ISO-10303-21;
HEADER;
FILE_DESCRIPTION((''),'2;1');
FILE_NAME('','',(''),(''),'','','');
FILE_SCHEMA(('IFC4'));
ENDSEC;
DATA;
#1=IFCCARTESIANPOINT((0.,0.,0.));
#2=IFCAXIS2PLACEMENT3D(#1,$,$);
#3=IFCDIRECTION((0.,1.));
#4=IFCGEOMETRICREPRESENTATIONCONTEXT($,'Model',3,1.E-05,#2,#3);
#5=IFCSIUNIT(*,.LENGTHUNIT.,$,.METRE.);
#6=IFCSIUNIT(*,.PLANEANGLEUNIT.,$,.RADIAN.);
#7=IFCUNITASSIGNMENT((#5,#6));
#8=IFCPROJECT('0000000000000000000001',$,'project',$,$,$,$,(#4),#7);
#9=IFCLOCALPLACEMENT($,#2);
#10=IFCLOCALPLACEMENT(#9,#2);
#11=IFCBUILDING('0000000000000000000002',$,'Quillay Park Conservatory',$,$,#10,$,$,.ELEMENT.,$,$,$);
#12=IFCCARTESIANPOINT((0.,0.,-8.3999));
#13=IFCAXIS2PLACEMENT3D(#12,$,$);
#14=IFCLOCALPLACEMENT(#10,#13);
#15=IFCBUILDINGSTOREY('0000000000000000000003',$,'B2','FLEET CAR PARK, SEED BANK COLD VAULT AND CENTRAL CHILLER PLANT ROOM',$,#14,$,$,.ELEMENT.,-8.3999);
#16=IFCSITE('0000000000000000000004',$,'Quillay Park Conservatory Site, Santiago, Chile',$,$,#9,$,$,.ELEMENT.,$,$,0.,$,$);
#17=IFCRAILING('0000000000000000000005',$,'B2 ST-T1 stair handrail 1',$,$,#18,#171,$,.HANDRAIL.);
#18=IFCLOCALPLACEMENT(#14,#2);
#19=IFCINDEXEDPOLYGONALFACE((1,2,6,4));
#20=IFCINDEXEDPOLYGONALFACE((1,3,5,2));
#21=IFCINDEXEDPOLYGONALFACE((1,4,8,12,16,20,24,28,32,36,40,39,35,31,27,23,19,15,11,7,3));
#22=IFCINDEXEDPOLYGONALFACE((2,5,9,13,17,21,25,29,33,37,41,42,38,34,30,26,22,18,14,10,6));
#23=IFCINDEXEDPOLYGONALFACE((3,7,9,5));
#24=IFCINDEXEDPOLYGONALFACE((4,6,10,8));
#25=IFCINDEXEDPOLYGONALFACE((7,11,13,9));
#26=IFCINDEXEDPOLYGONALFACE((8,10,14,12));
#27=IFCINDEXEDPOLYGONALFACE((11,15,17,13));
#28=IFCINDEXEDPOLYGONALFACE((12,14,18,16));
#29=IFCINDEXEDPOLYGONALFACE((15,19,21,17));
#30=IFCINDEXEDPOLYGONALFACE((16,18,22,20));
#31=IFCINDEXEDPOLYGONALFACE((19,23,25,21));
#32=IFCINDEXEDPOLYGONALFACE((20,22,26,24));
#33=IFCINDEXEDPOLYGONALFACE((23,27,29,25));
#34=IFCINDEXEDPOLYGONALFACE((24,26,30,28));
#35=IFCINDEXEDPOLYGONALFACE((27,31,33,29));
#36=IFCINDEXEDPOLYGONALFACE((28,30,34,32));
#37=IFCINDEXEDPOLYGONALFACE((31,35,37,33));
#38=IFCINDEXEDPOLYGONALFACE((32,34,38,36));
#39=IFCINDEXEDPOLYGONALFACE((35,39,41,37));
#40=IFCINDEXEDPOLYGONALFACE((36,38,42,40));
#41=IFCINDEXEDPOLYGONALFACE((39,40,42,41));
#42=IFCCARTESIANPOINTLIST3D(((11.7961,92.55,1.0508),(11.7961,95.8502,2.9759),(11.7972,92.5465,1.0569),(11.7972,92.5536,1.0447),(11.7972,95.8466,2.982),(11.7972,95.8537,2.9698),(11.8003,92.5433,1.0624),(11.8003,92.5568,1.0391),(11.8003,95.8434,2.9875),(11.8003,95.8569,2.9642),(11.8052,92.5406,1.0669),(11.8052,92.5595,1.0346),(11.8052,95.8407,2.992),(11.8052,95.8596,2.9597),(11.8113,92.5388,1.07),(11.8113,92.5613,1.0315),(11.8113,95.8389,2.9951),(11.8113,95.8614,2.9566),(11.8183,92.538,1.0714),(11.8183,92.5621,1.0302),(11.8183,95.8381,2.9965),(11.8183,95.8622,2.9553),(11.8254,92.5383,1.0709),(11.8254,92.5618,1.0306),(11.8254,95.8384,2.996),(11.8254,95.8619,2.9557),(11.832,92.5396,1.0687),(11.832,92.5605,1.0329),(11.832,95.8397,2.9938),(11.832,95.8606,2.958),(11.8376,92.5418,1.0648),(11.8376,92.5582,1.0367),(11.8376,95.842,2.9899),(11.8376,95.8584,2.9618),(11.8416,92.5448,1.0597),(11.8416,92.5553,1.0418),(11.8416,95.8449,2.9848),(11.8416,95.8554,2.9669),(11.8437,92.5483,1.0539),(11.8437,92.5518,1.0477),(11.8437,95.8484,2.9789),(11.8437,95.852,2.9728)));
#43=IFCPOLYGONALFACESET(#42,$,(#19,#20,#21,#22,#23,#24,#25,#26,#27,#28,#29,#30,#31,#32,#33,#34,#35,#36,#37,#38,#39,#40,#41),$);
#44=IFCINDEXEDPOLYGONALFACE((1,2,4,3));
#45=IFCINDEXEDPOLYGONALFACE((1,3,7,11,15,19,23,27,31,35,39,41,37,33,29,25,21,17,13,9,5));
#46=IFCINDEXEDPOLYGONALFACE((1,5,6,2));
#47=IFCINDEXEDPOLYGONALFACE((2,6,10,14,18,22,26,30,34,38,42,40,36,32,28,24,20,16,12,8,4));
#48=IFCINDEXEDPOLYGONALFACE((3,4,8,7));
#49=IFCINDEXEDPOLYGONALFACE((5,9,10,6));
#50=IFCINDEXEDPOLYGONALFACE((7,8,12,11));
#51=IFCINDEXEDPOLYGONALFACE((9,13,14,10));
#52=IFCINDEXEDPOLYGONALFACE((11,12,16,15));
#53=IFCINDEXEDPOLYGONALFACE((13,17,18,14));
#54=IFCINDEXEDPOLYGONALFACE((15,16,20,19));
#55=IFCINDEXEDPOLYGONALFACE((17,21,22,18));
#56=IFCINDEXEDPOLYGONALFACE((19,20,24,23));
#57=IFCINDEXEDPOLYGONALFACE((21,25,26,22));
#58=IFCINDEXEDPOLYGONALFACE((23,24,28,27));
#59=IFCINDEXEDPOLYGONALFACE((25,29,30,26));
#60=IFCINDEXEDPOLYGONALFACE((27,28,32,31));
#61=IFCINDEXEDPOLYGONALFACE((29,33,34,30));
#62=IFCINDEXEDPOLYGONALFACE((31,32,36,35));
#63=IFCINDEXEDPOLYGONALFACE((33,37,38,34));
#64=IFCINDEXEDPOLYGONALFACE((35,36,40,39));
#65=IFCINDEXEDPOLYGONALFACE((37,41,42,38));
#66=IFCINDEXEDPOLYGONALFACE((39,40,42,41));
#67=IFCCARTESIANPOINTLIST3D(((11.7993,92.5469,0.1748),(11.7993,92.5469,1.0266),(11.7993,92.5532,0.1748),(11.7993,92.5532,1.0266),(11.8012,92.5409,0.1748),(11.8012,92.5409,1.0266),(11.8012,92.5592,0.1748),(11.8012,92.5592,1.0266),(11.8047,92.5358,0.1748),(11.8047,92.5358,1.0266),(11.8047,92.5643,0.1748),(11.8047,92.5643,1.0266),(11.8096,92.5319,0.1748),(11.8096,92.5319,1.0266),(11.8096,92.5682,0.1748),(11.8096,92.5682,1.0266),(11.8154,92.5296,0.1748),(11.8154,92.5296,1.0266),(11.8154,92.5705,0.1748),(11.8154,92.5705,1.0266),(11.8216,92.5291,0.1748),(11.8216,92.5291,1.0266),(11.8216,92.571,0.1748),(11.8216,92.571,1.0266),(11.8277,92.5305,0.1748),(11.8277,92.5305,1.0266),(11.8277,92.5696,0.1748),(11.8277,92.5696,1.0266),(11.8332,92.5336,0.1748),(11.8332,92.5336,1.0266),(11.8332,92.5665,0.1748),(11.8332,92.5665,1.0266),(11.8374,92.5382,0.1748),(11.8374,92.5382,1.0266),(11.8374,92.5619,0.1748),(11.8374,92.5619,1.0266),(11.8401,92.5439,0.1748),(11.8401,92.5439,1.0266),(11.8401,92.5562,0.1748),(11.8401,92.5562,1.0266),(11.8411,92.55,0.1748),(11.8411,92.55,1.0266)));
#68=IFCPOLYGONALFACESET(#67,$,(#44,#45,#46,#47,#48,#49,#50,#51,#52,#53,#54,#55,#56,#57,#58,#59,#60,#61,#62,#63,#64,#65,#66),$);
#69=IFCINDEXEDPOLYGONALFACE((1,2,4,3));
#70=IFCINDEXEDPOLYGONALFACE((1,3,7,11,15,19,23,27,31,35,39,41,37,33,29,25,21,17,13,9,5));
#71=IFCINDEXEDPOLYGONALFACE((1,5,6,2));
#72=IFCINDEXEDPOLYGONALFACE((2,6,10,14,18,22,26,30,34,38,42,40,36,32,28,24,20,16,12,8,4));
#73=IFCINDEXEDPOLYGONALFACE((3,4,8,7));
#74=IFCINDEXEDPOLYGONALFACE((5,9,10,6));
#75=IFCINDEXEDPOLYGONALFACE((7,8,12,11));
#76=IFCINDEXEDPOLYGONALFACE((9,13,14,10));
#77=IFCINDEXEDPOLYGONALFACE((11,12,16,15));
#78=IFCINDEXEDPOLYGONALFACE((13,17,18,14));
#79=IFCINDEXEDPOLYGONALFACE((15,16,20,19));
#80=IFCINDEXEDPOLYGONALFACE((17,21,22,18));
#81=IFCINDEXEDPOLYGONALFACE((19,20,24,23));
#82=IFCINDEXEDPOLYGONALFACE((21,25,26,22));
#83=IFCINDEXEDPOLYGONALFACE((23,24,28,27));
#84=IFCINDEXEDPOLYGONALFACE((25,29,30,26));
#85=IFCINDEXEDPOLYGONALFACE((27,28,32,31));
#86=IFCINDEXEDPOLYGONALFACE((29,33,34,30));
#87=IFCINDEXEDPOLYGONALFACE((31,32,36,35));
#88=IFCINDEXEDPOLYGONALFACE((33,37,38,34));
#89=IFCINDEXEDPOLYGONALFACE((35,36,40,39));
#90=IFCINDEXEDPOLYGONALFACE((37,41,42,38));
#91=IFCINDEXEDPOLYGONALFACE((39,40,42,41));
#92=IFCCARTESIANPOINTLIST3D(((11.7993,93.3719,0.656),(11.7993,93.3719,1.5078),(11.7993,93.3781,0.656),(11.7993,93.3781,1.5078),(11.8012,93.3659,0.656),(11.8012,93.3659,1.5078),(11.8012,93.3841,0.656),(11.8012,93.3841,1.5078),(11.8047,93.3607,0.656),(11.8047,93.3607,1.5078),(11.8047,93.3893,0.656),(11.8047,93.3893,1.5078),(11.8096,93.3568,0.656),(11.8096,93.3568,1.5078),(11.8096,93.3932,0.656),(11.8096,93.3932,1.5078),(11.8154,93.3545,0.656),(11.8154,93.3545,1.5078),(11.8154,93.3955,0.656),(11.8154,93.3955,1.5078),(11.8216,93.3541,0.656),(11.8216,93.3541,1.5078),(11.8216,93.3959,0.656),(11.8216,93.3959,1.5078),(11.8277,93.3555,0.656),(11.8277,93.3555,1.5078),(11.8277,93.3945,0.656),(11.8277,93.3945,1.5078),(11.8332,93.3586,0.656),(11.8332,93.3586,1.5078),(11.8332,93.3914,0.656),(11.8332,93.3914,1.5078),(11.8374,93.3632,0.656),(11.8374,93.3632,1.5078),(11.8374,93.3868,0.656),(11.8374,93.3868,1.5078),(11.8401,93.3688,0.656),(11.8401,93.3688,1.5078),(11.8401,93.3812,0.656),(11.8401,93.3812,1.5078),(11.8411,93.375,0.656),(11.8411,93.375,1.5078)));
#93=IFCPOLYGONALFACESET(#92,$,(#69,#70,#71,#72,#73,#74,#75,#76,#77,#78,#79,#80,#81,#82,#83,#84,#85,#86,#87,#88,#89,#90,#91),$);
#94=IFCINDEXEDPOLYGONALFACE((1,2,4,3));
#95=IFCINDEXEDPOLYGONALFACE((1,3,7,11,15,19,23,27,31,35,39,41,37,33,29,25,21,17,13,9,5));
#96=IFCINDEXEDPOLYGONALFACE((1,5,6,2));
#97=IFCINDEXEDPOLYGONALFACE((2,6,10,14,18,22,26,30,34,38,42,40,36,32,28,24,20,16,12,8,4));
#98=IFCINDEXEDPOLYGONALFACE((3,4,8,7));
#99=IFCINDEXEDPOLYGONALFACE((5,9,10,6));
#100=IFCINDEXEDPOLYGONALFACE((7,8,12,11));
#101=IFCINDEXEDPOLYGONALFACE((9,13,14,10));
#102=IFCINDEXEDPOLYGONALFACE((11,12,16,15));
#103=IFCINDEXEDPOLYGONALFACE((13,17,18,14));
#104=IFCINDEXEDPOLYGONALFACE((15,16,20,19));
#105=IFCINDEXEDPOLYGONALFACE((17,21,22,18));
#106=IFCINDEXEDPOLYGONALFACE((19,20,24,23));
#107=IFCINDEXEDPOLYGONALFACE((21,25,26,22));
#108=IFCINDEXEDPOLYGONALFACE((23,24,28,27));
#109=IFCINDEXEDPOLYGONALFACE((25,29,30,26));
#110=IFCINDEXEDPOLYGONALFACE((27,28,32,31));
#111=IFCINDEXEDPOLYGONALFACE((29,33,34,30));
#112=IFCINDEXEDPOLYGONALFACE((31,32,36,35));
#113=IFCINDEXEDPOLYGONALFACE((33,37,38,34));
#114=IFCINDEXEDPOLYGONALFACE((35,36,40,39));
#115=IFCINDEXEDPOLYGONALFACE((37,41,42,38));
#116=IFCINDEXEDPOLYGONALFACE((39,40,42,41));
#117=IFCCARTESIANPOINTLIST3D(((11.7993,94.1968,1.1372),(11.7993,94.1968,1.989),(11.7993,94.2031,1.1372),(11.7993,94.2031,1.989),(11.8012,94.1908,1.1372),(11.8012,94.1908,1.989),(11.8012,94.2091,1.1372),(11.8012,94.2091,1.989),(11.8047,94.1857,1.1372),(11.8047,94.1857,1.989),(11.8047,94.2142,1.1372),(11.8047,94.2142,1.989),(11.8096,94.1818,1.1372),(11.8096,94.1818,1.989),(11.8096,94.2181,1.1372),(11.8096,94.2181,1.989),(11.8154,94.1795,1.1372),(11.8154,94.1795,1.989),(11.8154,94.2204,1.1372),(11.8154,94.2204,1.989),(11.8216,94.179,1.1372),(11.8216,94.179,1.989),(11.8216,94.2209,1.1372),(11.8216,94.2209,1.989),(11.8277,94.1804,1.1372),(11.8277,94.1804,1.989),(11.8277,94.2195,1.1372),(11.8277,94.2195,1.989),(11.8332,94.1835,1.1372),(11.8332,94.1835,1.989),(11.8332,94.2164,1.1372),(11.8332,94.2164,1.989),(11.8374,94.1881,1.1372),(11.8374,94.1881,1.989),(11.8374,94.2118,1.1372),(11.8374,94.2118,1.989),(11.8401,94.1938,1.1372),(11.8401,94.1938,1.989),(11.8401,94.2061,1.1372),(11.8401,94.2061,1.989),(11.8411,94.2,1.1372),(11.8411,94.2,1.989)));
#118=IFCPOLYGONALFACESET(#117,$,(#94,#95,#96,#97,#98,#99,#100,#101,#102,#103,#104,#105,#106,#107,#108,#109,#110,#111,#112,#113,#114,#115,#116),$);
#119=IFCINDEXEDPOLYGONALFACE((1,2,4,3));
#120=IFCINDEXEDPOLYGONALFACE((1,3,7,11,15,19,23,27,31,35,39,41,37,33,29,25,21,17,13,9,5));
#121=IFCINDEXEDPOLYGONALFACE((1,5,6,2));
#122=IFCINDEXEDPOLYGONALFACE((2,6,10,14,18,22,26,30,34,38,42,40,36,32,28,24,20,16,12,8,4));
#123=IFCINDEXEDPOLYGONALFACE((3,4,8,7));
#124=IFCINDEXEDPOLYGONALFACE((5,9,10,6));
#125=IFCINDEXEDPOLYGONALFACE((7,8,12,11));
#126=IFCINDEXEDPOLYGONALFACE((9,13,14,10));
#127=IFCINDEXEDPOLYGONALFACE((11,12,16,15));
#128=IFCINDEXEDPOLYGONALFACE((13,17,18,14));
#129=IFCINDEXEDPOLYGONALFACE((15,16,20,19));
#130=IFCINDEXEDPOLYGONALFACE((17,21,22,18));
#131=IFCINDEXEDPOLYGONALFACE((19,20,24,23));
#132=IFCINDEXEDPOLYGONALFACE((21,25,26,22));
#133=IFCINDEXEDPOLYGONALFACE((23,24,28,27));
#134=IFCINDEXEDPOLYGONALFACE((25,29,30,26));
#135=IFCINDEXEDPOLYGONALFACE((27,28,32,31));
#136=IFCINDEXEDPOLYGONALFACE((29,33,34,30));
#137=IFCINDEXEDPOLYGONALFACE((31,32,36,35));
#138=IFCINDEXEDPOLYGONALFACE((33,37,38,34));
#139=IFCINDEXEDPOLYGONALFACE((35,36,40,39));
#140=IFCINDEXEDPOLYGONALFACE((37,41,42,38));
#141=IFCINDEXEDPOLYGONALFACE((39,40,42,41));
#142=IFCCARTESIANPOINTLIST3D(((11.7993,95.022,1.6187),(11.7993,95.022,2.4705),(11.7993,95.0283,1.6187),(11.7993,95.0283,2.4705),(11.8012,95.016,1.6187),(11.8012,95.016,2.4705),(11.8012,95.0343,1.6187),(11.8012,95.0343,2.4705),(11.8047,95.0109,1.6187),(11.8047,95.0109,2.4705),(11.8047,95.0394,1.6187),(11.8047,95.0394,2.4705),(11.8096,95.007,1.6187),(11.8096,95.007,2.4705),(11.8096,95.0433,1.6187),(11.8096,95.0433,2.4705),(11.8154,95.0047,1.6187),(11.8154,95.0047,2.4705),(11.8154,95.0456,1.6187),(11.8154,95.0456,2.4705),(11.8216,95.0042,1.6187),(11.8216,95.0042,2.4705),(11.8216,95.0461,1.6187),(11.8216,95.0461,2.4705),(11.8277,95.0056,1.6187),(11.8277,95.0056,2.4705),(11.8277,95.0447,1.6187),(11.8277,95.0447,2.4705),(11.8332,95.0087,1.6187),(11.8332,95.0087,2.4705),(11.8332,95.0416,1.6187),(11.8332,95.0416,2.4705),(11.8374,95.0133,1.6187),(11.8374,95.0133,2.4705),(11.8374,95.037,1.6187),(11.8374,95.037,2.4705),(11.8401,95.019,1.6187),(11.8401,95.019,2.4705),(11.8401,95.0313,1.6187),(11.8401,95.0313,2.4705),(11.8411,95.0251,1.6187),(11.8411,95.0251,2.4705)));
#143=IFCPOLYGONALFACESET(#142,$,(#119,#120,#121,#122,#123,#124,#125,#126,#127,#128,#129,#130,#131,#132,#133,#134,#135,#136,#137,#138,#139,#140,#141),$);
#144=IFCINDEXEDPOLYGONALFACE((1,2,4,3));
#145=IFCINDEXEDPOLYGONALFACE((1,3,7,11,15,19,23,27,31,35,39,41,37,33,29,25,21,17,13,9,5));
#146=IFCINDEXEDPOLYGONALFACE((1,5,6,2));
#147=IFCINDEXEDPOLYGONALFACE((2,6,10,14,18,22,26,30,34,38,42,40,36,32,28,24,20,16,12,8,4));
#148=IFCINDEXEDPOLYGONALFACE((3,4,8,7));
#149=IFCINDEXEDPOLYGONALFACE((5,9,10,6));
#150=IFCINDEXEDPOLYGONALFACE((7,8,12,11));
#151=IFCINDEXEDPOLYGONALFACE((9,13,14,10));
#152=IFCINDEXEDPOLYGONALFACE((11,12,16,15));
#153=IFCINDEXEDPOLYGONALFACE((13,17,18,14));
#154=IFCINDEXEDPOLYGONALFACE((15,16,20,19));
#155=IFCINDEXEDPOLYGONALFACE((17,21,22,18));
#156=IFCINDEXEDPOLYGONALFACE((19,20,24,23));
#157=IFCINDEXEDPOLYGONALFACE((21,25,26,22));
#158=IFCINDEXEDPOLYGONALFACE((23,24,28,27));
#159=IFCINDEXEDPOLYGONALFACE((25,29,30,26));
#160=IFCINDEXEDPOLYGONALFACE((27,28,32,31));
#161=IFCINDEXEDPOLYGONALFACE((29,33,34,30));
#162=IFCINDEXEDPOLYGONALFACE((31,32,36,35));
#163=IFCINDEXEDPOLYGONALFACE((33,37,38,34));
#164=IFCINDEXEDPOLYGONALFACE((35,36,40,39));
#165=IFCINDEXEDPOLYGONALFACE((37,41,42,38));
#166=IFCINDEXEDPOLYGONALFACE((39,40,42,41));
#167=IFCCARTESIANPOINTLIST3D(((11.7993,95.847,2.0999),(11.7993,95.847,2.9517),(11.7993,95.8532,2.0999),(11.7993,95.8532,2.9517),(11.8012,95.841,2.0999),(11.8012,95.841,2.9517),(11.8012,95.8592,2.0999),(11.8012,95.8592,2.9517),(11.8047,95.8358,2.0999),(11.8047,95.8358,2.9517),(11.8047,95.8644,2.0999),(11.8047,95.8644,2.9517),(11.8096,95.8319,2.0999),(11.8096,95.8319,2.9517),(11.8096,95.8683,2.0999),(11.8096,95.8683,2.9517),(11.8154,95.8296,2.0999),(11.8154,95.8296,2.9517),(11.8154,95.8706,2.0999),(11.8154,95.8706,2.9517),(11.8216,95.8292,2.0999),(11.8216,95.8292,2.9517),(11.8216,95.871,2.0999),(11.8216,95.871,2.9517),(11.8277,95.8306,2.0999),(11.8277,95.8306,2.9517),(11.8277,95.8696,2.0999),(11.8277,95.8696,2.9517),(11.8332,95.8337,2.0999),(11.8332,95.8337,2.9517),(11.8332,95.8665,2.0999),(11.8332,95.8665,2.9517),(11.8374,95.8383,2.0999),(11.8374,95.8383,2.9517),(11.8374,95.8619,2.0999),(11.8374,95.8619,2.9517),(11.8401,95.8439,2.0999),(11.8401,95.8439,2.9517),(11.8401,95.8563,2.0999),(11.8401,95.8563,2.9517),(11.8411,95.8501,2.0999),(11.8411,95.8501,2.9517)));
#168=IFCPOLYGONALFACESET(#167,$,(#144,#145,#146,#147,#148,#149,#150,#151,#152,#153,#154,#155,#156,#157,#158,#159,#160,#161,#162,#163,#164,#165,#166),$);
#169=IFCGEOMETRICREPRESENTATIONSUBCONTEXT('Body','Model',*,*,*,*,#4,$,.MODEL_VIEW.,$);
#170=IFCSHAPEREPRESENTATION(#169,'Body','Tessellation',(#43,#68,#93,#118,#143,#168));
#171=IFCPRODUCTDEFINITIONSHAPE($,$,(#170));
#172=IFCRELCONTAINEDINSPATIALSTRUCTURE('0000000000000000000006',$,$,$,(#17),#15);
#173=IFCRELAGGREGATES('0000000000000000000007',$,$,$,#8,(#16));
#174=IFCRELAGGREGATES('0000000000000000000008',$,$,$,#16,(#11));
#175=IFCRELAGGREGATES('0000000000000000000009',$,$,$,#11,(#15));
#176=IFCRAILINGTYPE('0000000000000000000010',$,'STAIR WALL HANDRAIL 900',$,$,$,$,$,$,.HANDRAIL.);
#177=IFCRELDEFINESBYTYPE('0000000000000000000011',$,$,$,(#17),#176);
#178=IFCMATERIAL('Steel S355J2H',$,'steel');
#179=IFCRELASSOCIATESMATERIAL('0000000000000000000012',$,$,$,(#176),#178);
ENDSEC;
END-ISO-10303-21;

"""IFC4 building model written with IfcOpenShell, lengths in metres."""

from ifc_helpers import new_model, si_unit, direction, frame, origin, origin_2d, place, context, subcontext, project, spatial, circle, extrude, material, type_object, element, save


model = new_model("IFC4")

# Units and contexts
model_context = context("Model", 3, precision=1e-05, world=origin(), true_north=direction((0.0, 1.0)))
body_context = subcontext(model_context, "Body", "Model", "MODEL_VIEW")
ifc_project = project(units=[si_unit("LENGTHUNIT", "METRE"), si_unit("PLANEANGLEUNIT", "RADIAN")], contexts=[model_context])

# Site, building, storey
site_placement = place(None, origin())
site = spatial("IfcSite", under=ifc_project, at=site_placement, Name="Quillay Park Conservatory Site, Santiago, Chile", CompositionType="ELEMENT", RefElevation=0.0)
building_placement = place(site_placement, origin())
building = spatial("IfcBuilding", under=site, at=building_placement, Name="Quillay Park Conservatory", CompositionType="ELEMENT")
storey_placement = place(building_placement, frame((0.0, 0.0, -8.3999)))
storey = spatial("IfcBuildingStorey", under=building, at=storey_placement, Name="B2", Description="FLEET CAR PARK, SEED BANK COLD VAULT AND CENTRAL CHILLER PLANT ROOM", CompositionType="ELEMENT", Elevation=-8.3999)

# Railing
ifc_material_1 = material(Name="Steel S355J2H", Category="steel")
railing_type_1 = type_object("IfcRailingType", Name="STAIR WALL HANDRAIL 900", PredefinedType="HANDRAIL", material=ifc_material_1)
railing_1_placement = place(storey_placement, frame((11.8201, 92.55, 0.1748)))
element("IfcRailing", 1, at=railing_1_placement, inside=storey, type_object=railing_type_1, Name="B2 ST-T1 stair handrail 1", PredefinedType="HANDRAIL", context=body_context, shape_type="SweptSolid", body=[
    extrude(circle(Radius=0.0239, at=origin_2d()), frame((0.0, 0.0, 0.876), z_axis=(0.0, 0.863777, 0.503875), x_axis=(-1.0, 0.0, 0.0)), (0.0, 0.0, 1.0), 3.8206),
    extrude(circle(Radius=0.021, at=origin_2d()), origin(), (0.0, 0.0, 1.0), 0.8518),
    extrude(circle(Radius=0.021, at=origin_2d()), frame((0.0, 0.825, 0.4812)), (0.0, 0.0, 1.0), 0.8518),
    extrude(circle(Radius=0.021, at=origin_2d()), frame((0.0, 1.6499, 0.9624)), (0.0, 0.0, 1.0), 0.8518),
    extrude(circle(Radius=0.021, at=origin_2d()), frame((0.0, 2.4751, 1.4438)), (0.0, 0.0, 1.0), 0.8518),
    extrude(circle(Radius=0.021, at=origin_2d()), frame((0.0, 3.3, 1.925)), (0.0, 0.0, 1.0), 0.8518),
])

save(model, "model.ifc")
